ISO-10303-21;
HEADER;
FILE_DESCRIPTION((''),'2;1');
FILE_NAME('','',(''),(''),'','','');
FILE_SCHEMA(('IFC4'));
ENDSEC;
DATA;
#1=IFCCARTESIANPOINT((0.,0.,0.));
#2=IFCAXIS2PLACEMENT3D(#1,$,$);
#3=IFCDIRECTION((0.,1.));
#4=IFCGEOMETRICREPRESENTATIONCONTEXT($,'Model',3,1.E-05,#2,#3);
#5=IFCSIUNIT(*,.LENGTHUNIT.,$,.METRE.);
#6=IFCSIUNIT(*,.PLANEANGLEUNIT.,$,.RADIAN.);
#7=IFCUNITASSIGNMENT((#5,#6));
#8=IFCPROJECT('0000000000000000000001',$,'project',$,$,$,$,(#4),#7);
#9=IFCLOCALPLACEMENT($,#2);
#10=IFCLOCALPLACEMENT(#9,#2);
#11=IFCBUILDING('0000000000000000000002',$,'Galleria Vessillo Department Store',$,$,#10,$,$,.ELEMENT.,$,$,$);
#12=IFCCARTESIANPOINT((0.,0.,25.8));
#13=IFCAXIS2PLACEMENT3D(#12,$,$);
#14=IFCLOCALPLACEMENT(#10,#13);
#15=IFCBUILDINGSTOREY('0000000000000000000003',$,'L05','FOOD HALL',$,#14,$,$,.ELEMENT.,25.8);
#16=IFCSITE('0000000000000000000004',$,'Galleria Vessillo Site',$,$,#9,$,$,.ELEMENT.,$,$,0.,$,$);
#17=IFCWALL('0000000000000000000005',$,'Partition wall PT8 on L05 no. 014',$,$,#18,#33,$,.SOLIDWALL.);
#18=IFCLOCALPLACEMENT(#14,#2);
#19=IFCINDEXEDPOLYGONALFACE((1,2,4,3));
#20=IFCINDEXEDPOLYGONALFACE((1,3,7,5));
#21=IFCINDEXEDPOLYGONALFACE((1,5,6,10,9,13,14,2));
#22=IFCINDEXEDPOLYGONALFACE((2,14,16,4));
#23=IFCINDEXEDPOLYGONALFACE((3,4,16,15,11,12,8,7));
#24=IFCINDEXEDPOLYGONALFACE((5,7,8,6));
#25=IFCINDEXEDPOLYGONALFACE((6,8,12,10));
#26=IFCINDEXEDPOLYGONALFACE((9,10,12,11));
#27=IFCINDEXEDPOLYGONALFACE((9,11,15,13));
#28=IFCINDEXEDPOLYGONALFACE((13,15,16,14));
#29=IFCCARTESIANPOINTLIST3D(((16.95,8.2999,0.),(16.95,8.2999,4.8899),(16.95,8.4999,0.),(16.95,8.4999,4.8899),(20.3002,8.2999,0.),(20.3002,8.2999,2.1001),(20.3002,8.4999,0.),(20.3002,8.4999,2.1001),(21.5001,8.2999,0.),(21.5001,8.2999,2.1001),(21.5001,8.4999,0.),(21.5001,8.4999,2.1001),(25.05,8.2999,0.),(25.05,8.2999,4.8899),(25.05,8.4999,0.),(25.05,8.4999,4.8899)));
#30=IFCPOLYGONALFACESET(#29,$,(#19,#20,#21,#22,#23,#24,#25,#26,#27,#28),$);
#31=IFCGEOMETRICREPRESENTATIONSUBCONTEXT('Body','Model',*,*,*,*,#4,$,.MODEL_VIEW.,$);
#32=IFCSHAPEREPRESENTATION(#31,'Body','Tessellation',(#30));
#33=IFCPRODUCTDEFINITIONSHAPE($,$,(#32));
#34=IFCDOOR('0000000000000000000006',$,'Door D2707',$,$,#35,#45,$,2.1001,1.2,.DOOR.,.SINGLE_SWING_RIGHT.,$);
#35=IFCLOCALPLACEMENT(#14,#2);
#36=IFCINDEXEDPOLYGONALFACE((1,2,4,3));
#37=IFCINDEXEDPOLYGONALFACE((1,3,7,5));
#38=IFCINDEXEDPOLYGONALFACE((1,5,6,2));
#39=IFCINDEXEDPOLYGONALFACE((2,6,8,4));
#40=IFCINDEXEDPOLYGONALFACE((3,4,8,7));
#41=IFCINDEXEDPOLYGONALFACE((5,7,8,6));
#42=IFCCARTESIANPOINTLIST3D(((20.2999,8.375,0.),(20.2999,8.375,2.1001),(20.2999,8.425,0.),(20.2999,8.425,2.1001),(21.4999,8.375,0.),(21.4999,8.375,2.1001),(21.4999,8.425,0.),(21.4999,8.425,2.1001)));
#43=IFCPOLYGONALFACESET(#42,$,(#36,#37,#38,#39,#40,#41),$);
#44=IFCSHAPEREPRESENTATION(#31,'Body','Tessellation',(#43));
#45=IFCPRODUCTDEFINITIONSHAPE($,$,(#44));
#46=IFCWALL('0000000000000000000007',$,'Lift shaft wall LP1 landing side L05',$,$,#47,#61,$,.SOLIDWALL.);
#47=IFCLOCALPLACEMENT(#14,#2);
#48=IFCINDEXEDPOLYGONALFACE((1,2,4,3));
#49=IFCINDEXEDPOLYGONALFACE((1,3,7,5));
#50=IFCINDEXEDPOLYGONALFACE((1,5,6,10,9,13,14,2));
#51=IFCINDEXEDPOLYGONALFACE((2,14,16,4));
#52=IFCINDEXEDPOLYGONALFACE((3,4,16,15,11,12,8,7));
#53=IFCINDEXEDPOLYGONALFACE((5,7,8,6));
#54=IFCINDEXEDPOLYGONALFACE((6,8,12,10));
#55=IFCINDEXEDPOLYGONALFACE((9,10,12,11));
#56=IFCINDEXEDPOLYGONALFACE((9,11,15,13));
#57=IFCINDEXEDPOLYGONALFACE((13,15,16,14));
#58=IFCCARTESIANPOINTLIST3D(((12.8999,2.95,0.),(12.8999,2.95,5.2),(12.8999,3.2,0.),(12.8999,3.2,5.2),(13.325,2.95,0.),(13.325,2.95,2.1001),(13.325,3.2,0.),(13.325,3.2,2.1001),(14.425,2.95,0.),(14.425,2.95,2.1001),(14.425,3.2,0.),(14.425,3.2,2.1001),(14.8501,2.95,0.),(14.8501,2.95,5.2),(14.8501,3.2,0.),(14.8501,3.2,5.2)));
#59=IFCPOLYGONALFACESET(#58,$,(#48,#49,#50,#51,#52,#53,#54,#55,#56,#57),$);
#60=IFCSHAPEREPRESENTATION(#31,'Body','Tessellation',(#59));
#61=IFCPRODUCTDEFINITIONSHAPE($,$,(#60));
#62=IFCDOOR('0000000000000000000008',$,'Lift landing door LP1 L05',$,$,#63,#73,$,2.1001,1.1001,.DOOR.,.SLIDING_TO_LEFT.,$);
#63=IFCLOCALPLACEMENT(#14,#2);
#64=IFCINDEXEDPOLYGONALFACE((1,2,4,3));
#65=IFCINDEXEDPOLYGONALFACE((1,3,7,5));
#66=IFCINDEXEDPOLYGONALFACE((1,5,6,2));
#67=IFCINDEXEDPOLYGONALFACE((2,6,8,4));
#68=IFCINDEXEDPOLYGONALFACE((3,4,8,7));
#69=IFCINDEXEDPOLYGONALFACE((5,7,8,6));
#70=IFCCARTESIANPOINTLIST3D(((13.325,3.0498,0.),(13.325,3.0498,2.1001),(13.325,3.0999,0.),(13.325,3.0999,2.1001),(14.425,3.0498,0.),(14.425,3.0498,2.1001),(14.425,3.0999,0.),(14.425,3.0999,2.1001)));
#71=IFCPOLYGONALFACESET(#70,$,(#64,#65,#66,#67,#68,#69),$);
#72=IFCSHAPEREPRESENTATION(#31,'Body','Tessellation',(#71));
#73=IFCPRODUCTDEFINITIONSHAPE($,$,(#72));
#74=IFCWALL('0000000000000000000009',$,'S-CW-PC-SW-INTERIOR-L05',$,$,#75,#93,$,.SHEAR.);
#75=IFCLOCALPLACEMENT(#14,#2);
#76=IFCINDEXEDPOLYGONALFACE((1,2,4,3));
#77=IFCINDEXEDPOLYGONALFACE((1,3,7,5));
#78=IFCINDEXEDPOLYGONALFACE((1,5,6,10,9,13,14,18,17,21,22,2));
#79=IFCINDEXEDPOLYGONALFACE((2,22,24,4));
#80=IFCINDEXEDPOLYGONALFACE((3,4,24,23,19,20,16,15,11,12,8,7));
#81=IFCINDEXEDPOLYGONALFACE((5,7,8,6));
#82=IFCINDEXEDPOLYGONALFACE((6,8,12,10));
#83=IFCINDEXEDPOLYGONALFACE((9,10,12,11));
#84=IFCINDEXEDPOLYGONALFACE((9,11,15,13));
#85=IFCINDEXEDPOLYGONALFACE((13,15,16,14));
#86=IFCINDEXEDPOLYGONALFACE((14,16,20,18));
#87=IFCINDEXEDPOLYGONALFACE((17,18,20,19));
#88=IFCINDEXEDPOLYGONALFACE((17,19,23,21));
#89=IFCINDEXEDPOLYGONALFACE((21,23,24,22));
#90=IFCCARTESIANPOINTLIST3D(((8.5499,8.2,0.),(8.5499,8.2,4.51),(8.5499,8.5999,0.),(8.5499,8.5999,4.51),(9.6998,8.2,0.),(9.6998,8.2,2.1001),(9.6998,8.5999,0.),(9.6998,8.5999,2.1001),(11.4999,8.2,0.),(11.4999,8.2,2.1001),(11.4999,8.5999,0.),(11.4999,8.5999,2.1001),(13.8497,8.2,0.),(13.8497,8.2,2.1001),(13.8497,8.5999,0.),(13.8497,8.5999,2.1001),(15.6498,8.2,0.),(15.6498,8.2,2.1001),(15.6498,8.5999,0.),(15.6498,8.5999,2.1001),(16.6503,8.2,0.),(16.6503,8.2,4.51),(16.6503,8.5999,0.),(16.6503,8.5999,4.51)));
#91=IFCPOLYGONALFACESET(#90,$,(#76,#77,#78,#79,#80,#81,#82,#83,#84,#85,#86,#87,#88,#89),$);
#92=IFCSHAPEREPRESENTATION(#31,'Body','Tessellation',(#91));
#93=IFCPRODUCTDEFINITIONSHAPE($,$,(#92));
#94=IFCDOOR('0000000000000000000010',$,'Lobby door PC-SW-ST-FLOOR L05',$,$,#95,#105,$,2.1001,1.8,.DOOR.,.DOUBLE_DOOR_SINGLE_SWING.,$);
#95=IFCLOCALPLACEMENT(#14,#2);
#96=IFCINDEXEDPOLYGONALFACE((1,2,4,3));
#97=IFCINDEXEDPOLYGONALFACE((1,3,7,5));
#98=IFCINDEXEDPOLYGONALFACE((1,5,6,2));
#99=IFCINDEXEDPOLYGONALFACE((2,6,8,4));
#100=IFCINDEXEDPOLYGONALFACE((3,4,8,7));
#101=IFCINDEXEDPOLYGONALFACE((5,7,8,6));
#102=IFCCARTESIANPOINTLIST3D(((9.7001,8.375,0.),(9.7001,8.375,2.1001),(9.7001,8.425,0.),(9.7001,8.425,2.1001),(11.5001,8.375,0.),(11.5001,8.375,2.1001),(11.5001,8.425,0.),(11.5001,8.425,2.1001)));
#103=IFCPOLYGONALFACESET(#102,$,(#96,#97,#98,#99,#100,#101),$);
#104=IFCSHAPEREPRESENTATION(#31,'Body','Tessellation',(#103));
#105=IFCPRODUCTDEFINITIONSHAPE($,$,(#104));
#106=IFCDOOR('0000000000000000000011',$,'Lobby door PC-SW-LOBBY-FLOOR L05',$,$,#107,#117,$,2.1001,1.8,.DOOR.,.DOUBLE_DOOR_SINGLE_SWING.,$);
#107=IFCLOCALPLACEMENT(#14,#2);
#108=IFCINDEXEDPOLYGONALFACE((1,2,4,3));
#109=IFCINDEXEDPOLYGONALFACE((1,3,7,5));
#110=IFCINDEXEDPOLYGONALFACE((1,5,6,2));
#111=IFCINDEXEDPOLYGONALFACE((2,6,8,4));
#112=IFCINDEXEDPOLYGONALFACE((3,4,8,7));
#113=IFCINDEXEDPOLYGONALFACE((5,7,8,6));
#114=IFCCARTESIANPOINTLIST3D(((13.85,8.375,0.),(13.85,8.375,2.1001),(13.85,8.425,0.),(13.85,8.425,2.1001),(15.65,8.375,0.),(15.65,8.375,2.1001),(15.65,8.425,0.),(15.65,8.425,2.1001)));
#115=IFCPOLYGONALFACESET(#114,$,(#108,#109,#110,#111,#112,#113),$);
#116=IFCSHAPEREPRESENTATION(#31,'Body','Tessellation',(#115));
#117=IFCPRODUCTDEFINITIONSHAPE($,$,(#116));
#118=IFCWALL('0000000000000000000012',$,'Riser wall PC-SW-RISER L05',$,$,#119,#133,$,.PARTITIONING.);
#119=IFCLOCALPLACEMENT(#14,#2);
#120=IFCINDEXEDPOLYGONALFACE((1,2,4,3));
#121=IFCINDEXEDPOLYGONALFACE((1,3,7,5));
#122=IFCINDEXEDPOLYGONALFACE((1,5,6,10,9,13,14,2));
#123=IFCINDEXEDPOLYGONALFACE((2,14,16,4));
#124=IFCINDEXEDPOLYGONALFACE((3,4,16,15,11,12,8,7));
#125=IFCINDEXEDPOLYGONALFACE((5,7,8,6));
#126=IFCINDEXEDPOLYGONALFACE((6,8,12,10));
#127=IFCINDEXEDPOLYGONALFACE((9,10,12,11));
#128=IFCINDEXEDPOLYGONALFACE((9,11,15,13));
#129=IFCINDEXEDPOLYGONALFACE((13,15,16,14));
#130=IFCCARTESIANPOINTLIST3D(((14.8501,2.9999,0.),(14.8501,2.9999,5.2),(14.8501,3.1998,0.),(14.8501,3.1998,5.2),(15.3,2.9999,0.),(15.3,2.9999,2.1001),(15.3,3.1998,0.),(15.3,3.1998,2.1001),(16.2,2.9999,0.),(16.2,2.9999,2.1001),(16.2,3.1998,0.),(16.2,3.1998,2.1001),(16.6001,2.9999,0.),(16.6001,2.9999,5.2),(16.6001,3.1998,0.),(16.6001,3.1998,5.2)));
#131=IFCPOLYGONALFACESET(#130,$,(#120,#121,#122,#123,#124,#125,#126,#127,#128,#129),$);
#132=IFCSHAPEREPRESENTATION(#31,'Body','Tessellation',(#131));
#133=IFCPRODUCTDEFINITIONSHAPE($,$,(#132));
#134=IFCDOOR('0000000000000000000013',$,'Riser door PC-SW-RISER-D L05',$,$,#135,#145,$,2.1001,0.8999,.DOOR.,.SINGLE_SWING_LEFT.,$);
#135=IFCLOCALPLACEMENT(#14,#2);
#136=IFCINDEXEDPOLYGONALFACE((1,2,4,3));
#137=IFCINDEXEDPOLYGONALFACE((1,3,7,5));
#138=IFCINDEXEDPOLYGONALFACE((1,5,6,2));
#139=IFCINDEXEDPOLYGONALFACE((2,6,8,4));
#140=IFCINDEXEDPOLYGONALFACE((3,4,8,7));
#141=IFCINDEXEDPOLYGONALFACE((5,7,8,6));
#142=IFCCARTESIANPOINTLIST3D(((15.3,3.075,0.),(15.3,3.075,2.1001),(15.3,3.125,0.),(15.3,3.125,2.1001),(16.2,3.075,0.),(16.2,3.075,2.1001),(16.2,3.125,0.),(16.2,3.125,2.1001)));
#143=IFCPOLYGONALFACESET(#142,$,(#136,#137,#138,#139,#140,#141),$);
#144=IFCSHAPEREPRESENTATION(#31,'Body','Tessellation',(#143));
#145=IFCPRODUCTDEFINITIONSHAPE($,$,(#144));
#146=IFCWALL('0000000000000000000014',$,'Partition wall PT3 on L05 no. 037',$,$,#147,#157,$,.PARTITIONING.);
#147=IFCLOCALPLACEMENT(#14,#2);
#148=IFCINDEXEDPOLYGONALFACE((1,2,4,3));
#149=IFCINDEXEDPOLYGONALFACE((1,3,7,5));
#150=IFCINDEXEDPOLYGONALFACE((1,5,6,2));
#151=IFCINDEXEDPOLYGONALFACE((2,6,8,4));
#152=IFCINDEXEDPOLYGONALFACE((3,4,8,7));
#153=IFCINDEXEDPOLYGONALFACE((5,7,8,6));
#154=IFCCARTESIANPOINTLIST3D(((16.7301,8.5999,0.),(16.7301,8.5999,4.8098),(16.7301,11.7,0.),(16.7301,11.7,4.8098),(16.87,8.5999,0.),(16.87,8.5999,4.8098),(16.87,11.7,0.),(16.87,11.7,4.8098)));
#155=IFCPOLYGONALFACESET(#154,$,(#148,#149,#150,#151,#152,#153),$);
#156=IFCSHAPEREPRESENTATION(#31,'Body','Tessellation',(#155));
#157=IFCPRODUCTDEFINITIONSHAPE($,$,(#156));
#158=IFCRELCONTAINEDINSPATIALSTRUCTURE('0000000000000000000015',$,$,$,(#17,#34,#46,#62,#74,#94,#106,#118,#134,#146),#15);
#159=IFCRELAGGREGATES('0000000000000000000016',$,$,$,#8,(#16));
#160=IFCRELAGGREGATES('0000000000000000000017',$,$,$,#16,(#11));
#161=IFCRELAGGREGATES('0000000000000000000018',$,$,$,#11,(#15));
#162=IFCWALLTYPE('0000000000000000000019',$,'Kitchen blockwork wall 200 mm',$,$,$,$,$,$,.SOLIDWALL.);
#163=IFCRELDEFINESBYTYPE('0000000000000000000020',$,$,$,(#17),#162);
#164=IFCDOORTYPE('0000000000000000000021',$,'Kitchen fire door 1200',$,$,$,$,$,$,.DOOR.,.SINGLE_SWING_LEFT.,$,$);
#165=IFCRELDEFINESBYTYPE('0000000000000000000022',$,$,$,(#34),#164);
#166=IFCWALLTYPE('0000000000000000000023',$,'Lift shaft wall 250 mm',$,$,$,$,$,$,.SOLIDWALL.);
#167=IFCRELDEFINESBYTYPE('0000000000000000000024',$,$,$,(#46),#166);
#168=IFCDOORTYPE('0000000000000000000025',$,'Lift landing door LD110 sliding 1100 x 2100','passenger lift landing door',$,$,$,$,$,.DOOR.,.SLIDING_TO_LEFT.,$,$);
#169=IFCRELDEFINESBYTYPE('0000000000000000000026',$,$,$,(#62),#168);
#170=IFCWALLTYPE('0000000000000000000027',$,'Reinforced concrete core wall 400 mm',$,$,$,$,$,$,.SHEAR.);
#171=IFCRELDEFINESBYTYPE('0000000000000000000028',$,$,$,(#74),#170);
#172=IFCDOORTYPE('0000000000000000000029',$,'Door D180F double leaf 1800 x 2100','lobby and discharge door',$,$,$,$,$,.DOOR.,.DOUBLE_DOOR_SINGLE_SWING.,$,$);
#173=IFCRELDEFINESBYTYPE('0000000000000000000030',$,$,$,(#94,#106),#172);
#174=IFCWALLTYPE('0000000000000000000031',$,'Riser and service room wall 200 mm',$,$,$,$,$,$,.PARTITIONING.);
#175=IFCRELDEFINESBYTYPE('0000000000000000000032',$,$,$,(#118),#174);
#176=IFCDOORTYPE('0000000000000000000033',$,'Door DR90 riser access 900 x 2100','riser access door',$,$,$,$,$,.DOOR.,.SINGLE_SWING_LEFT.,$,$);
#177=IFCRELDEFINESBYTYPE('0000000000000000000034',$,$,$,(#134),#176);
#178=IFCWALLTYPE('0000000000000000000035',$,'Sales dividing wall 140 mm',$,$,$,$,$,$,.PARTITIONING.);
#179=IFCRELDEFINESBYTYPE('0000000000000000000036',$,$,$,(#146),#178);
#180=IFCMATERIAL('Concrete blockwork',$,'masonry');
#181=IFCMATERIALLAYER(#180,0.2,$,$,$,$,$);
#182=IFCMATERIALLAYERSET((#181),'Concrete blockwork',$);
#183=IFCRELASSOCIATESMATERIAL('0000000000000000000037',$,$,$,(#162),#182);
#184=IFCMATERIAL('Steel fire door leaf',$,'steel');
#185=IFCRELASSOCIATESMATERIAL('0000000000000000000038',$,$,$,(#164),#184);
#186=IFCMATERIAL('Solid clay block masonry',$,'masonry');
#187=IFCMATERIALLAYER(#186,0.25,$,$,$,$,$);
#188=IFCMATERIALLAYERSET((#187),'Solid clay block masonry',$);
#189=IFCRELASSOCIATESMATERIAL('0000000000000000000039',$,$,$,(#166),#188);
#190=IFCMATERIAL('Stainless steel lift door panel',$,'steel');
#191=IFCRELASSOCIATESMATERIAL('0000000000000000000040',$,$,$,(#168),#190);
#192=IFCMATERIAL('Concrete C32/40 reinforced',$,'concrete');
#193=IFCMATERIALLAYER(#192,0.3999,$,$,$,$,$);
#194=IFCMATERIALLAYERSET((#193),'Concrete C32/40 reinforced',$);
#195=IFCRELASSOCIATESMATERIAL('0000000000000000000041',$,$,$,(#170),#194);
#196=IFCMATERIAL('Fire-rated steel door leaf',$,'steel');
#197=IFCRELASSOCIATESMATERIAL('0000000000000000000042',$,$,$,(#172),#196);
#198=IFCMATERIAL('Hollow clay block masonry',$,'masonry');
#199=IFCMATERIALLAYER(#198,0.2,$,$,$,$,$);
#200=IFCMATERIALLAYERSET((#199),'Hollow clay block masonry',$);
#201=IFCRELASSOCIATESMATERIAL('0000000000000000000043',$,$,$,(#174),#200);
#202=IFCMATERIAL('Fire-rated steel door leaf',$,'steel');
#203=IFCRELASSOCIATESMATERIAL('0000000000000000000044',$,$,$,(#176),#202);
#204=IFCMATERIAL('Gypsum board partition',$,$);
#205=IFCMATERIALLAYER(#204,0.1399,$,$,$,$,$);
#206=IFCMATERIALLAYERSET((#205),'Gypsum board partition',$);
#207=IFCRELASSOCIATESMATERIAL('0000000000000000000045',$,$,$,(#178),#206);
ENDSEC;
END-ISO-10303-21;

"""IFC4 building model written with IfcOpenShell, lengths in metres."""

from ifc_helpers import new_model, si_unit, direction, frame, frame_2d, origin, place, context, subcontext, project, spatial, rectangle, extrude, material, layer, layer_set, type_object, element, fill, save


model = new_model("IFC4")

# Units and contexts
model_context = context("Model", 3, precision=1e-05, world=origin(), true_north=direction((0.0, 1.0)))
body_context = subcontext(model_context, "Body", "Model", "MODEL_VIEW")
ifc_project = project(units=[si_unit("LENGTHUNIT", "METRE"), si_unit("PLANEANGLEUNIT", "RADIAN")], contexts=[model_context])

# Site, building, storey
site_placement = place(None, origin())
site = spatial("IfcSite", under=ifc_project, at=site_placement, Name="Galleria Vessillo Site", CompositionType="ELEMENT", RefElevation=0.0)
building_placement = place(site_placement, origin())
building = spatial("IfcBuilding", under=site, at=building_placement, Name="Galleria Vessillo Department Store", CompositionType="ELEMENT")
storey_placement = place(building_placement, frame((0.0, 0.0, 25.8)))
storey = spatial("IfcBuildingStorey", under=building, at=storey_placement, Name="L05", Description="FOOD HALL", CompositionType="ELEMENT", Elevation=25.8)

# Walls, openings, doors
ifc_material_1 = material(Name="Concrete blockwork", Category="masonry")
ifc_layer_1 = layer(ifc_material_1, 0.2)
ifc_layer_set_1 = layer_set([ifc_layer_1], Name="Concrete blockwork")
wall_type_1 = type_object("IfcWallType", Name="Kitchen blockwork wall 200 mm", PredefinedType="SOLIDWALL", material=ifc_layer_set_1)
wall_1_placement = place(storey_placement, frame((16.95, 8.3999, 0.0), z_axis=(0.0, 0.0, 1.0), x_axis=(1.0, 0.0, 0.0)))
wall_1 = element("IfcWall", 1, at=wall_1_placement, inside=storey, type_object=wall_type_1, Name="Partition wall PT8 on L05 no. 014", PredefinedType="SOLIDWALL", context=body_context, shape_type="SweptSolid", body=[
    extrude(rectangle(XDim=8.1001, YDim=0.2, at=frame_2d((4.05, 0.0))), origin(), (0.0, 0.0, 1.0), 4.8899),
])
opening_1_placement = place(wall_1_placement, frame((3.3501, 0.0, 0.0)))
opening_1 = element("IfcOpeningElement", 2, at=opening_1_placement, cuts=wall_1, PredefinedType="OPENING", context=body_context, shape_type="SweptSolid", body=[
    extrude(rectangle(XDim=1.2, YDim=2.1001, at=frame_2d((0.6001, 1.05))), frame((0.0, 0.1099, 0.0), z_axis=(0.0, -1.0, 0.0), x_axis=(1.0, 0.0, 0.0)), (0.0, 0.0, 1.0), 0.22),
])
ifc_material_2 = material(Name="Steel fire door leaf", Category="steel")
door_type_1 = type_object("IfcDoorType", Name="Kitchen fire door 1200", OperationType="SINGLE_SWING_LEFT", PredefinedType="DOOR", material=ifc_material_2)
door_1_placement = place(opening_1_placement, frame((1.2, 0.0, 0.0), z_axis=(0.0, 0.0, 1.0), x_axis=(-1.0, 0.0, 0.0)))
door_1 = element("IfcDoor", 3, at=door_1_placement, inside=storey, type_object=door_type_1, Name="Door D2707", OperationType="SINGLE_SWING_RIGHT", OverallHeight=2.1001, OverallWidth=1.2, PredefinedType="DOOR", context=body_context, shape_type="SweptSolid", body=[
    extrude(rectangle(XDim=1.2, YDim=2.1001, at=frame_2d((0.6001, 1.05))), frame((0.0, 0.0249, 0.0), z_axis=(0.0, -1.0, 0.0), x_axis=(1.0, 0.0, 0.0)), (0.0, 0.0, 1.0), 0.05),
])
fill(opening_1, door_1)
ifc_material_3 = material(Name="Solid clay block masonry", Category="masonry")
ifc_layer_2 = layer(ifc_material_3, 0.25)
ifc_layer_set_2 = layer_set([ifc_layer_2], Name="Solid clay block masonry")
wall_type_2 = type_object("IfcWallType", Name="Lift shaft wall 250 mm", PredefinedType="SOLIDWALL", material=ifc_layer_set_2)
wall_2_placement = place(storey_placement, frame((12.8999, 3.075, 0.0), z_axis=(0.0, 0.0, 1.0), x_axis=(1.0, 0.0, 0.0)))
wall_2 = element("IfcWall", 4, at=wall_2_placement, inside=storey, type_object=wall_type_2, Name="Lift shaft wall LP1 landing side L05", PredefinedType="SOLIDWALL", context=body_context, shape_type="SweptSolid", body=[
    extrude(rectangle(XDim=1.9502, YDim=0.25, at=frame_2d((0.9751, 0.0))), origin(), (0.0, 0.0, 1.0), 5.2),
])
opening_2_placement = place(wall_2_placement, frame((0.425, 0.0, 0.0)))
opening_2 = element("IfcOpeningElement", 5, at=opening_2_placement, cuts=wall_2, PredefinedType="OPENING", context=body_context, shape_type="SweptSolid", body=[
    extrude(rectangle(XDim=1.1001, YDim=2.1001, at=frame_2d((0.55, 1.05))), frame((0.0, 0.135, 0.0), z_axis=(0.0, -1.0, 0.0), x_axis=(1.0, 0.0, 0.0)), (0.0, 0.0, 1.0), 0.27),
])
ifc_material_4 = material(Name="Stainless steel lift door panel", Category="steel")
door_type_2 = type_object("IfcDoorType", Name="Lift landing door LD110 sliding 1100 x 2100", Description="passenger lift landing door", OperationType="SLIDING_TO_LEFT", PredefinedType="DOOR", material=ifc_material_4)
door_2_placement = place(opening_2_placement, origin())
door_2 = element("IfcDoor", 6, at=door_2_placement, inside=storey, type_object=door_type_2, Name="Lift landing door LP1 L05", OperationType="SLIDING_TO_LEFT", OverallHeight=2.1001, OverallWidth=1.1001, PredefinedType="DOOR", context=body_context, shape_type="SweptSolid", body=[
    extrude(rectangle(XDim=1.1001, YDim=2.1001, at=frame_2d((0.55, 1.05))), frame((0.0, 0.0249, 0.0), z_axis=(0.0, -1.0, 0.0), x_axis=(1.0, 0.0, 0.0)), (0.0, 0.0, 1.0), 0.05),
])
fill(opening_2, door_2)

# Wall, openings, doors
ifc_material_5 = material(Name="Concrete C32/40 reinforced", Category="concrete")
ifc_layer_3 = layer(ifc_material_5, 0.3999)
ifc_layer_set_3 = layer_set([ifc_layer_3], Name="Concrete C32/40 reinforced")
wall_type_3 = type_object("IfcWallType", Name="Reinforced concrete core wall 400 mm", PredefinedType="SHEAR", material=ifc_layer_set_3)
wall_3_placement = place(storey_placement, frame((8.5498, 8.3999, 0.0), z_axis=(0.0, 0.0, 1.0), x_axis=(1.0, 0.0, 0.0)))
wall_3 = element("IfcWall", 7, at=wall_3_placement, inside=storey, type_object=wall_type_3, Name="S-CW-PC-SW-INTERIOR-L05", PredefinedType="SHEAR", context=body_context, shape_type="SweptSolid", body=[
    extrude(rectangle(XDim=8.1003, YDim=0.3999, at=frame_2d((4.0503, 0.0))), origin(), (0.0, 0.0, 1.0), 4.51),
])
opening_3_placement = place(wall_3_placement, frame((1.1501, 0.0, 0.0)))
opening_3 = element("IfcOpeningElement", 8, at=opening_3_placement, cuts=wall_3, PredefinedType="OPENING", context=body_context, shape_type="SweptSolid", body=[
    extrude(rectangle(XDim=1.8, YDim=2.1001, at=frame_2d((0.8999, 1.05))), frame((0.0, 0.21, 0.0), z_axis=(0.0, -1.0, 0.0), x_axis=(1.0, 0.0, 0.0)), (0.0, 0.0, 1.0), 0.4199),
])
opening_4_placement = place(wall_3_placement, frame((5.3, 0.0, 0.0)))
opening_4 = element("IfcOpeningElement", 9, at=opening_4_placement, cuts=wall_3, PredefinedType="OPENING", context=body_context, shape_type="SweptSolid", body=[
    extrude(rectangle(XDim=1.8, YDim=2.1001, at=frame_2d((0.8999, 1.05))), frame((0.0, 0.21, 0.0), z_axis=(0.0, -1.0, 0.0), x_axis=(1.0, 0.0, 0.0)), (0.0, 0.0, 1.0), 0.4199),
])
ifc_material_6 = material(Name="Fire-rated steel door leaf", Category="steel")
door_type_3 = type_object("IfcDoorType", Name="Door D180F double leaf 1800 x 2100", Description="lobby and discharge door", OperationType="DOUBLE_DOOR_SINGLE_SWING", PredefinedType="DOOR", material=ifc_material_6)
door_3_placement = place(opening_3_placement, frame((1.8, 0.0, 0.0), z_axis=(0.0, 0.0, 1.0), x_axis=(-1.0, 0.0, 0.0)))
door_3 = element("IfcDoor", 10, at=door_3_placement, inside=storey, type_object=door_type_3, Name="Lobby door PC-SW-ST-FLOOR L05", OperationType="DOUBLE_DOOR_SINGLE_SWING", OverallHeight=2.1001, OverallWidth=1.8, PredefinedType="DOOR", context=body_context, shape_type="SweptSolid", body=[
    extrude(rectangle(XDim=1.8, YDim=2.1001, at=frame_2d((0.8999, 1.05))), frame((0.0, 0.0249, 0.0), z_axis=(0.0, -1.0, 0.0), x_axis=(1.0, 0.0, 0.0)), (0.0, 0.0, 1.0), 0.05),
])
fill(opening_3, door_3)
door_4_placement = place(opening_4_placement, frame((1.8, 0.0, 0.0), z_axis=(0.0, 0.0, 1.0), x_axis=(-1.0, 0.0, 0.0)))
door_4 = element("IfcDoor", 11, at=door_4_placement, inside=storey, type_object=door_type_3, Name="Lobby door PC-SW-LOBBY-FLOOR L05", OperationType="DOUBLE_DOOR_SINGLE_SWING", OverallHeight=2.1001, OverallWidth=1.8, PredefinedType="DOOR", context=body_context, shape_type="SweptSolid", body=[
    extrude(rectangle(XDim=1.8, YDim=2.1001, at=frame_2d((0.8999, 1.05))), frame((0.0, 0.0249, 0.0), z_axis=(0.0, -1.0, 0.0), x_axis=(1.0, 0.0, 0.0)), (0.0, 0.0, 1.0), 0.05),
])
fill(opening_4, door_4)

# Wall, opening, door
ifc_material_7 = material(Name="Hollow clay block masonry", Category="masonry")
ifc_layer_4 = layer(ifc_material_7, 0.2)
ifc_layer_set_4 = layer_set([ifc_layer_4], Name="Hollow clay block masonry")
wall_type_4 = type_object("IfcWallType", Name="Riser and service room wall 200 mm", PredefinedType="PARTITIONING", material=ifc_layer_set_4)
wall_4_placement = place(storey_placement, frame((14.8501, 3.0999, 0.0), z_axis=(0.0, 0.0, 1.0), x_axis=(1.0, 0.0, 0.0)))
wall_4 = element("IfcWall", 12, at=wall_4_placement, inside=storey, type_object=wall_type_4, Name="Riser wall PC-SW-RISER L05", PredefinedType="PARTITIONING", context=body_context, shape_type="SweptSolid", body=[
    extrude(rectangle(XDim=1.75, YDim=0.2, at=frame_2d((0.875, 0.0))), origin(), (0.0, 0.0, 1.0), 5.2),
])
opening_5_placement = place(wall_4_placement, frame((0.45, 0.0, 0.0)))
opening_5 = element("IfcOpeningElement", 13, at=opening_5_placement, cuts=wall_4, PredefinedType="OPENING", context=body_context, shape_type="SweptSolid", body=[
    extrude(rectangle(XDim=0.8999, YDim=2.1001, at=frame_2d((0.45, 1.05))), frame((0.0, 0.1099, 0.0), z_axis=(0.0, -1.0, 0.0), x_axis=(1.0, 0.0, 0.0)), (0.0, 0.0, 1.0), 0.22),
])
ifc_material_8 = material(Name="Fire-rated steel door leaf", Category="steel")
door_type_4 = type_object("IfcDoorType", Name="Door DR90 riser access 900 x 2100", Description="riser access door", OperationType="SINGLE_SWING_LEFT", PredefinedType="DOOR", material=ifc_material_8)
door_5_placement = place(opening_5_placement, frame((0.8999, 0.0, 0.0), z_axis=(0.0, 0.0, 1.0), x_axis=(-1.0, 0.0, 0.0)))
door_5 = element("IfcDoor", 14, at=door_5_placement, inside=storey, type_object=door_type_4, Name="Riser door PC-SW-RISER-D L05", OperationType="SINGLE_SWING_LEFT", OverallHeight=2.1001, OverallWidth=0.8999, PredefinedType="DOOR", context=body_context, shape_type="SweptSolid", body=[
    extrude(rectangle(XDim=0.8999, YDim=2.1001, at=frame_2d((0.45, 1.05))), frame((0.0, 0.0249, 0.0), z_axis=(0.0, -1.0, 0.0), x_axis=(1.0, 0.0, 0.0)), (0.0, 0.0, 1.0), 0.05),
])
fill(opening_5, door_5)

# Wall
ifc_material_9 = material(Name="Gypsum board partition")
ifc_layer_5 = layer(ifc_material_9, 0.1399)
ifc_layer_set_5 = layer_set([ifc_layer_5], Name="Gypsum board partition")
wall_type_5 = type_object("IfcWallType", Name="Sales dividing wall 140 mm", PredefinedType="PARTITIONING", material=ifc_layer_set_5)
for number, where, z_axis, x_axis, name in (
    (15, (16.8, 8.5999, 0.0), (0.0, 0.0, 1.0), (0.0, 1.0, 0.0), "Partition wall PT3 on L05 no. 037"),
):
    element("IfcWall", number, at=place(storey_placement, frame(where, z_axis=z_axis, x_axis=x_axis)), inside=storey, type_object=wall_type_5, Name=name, PredefinedType="PARTITIONING", context=body_context, shape_type="SweptSolid", body=[
        extrude(rectangle(XDim=3.1001, YDim=0.1399, at=frame_2d((1.55, 0.0))), origin(), (0.0, 0.0, 1.0), 4.8098),
    ])

save(model, "model.ifc")
